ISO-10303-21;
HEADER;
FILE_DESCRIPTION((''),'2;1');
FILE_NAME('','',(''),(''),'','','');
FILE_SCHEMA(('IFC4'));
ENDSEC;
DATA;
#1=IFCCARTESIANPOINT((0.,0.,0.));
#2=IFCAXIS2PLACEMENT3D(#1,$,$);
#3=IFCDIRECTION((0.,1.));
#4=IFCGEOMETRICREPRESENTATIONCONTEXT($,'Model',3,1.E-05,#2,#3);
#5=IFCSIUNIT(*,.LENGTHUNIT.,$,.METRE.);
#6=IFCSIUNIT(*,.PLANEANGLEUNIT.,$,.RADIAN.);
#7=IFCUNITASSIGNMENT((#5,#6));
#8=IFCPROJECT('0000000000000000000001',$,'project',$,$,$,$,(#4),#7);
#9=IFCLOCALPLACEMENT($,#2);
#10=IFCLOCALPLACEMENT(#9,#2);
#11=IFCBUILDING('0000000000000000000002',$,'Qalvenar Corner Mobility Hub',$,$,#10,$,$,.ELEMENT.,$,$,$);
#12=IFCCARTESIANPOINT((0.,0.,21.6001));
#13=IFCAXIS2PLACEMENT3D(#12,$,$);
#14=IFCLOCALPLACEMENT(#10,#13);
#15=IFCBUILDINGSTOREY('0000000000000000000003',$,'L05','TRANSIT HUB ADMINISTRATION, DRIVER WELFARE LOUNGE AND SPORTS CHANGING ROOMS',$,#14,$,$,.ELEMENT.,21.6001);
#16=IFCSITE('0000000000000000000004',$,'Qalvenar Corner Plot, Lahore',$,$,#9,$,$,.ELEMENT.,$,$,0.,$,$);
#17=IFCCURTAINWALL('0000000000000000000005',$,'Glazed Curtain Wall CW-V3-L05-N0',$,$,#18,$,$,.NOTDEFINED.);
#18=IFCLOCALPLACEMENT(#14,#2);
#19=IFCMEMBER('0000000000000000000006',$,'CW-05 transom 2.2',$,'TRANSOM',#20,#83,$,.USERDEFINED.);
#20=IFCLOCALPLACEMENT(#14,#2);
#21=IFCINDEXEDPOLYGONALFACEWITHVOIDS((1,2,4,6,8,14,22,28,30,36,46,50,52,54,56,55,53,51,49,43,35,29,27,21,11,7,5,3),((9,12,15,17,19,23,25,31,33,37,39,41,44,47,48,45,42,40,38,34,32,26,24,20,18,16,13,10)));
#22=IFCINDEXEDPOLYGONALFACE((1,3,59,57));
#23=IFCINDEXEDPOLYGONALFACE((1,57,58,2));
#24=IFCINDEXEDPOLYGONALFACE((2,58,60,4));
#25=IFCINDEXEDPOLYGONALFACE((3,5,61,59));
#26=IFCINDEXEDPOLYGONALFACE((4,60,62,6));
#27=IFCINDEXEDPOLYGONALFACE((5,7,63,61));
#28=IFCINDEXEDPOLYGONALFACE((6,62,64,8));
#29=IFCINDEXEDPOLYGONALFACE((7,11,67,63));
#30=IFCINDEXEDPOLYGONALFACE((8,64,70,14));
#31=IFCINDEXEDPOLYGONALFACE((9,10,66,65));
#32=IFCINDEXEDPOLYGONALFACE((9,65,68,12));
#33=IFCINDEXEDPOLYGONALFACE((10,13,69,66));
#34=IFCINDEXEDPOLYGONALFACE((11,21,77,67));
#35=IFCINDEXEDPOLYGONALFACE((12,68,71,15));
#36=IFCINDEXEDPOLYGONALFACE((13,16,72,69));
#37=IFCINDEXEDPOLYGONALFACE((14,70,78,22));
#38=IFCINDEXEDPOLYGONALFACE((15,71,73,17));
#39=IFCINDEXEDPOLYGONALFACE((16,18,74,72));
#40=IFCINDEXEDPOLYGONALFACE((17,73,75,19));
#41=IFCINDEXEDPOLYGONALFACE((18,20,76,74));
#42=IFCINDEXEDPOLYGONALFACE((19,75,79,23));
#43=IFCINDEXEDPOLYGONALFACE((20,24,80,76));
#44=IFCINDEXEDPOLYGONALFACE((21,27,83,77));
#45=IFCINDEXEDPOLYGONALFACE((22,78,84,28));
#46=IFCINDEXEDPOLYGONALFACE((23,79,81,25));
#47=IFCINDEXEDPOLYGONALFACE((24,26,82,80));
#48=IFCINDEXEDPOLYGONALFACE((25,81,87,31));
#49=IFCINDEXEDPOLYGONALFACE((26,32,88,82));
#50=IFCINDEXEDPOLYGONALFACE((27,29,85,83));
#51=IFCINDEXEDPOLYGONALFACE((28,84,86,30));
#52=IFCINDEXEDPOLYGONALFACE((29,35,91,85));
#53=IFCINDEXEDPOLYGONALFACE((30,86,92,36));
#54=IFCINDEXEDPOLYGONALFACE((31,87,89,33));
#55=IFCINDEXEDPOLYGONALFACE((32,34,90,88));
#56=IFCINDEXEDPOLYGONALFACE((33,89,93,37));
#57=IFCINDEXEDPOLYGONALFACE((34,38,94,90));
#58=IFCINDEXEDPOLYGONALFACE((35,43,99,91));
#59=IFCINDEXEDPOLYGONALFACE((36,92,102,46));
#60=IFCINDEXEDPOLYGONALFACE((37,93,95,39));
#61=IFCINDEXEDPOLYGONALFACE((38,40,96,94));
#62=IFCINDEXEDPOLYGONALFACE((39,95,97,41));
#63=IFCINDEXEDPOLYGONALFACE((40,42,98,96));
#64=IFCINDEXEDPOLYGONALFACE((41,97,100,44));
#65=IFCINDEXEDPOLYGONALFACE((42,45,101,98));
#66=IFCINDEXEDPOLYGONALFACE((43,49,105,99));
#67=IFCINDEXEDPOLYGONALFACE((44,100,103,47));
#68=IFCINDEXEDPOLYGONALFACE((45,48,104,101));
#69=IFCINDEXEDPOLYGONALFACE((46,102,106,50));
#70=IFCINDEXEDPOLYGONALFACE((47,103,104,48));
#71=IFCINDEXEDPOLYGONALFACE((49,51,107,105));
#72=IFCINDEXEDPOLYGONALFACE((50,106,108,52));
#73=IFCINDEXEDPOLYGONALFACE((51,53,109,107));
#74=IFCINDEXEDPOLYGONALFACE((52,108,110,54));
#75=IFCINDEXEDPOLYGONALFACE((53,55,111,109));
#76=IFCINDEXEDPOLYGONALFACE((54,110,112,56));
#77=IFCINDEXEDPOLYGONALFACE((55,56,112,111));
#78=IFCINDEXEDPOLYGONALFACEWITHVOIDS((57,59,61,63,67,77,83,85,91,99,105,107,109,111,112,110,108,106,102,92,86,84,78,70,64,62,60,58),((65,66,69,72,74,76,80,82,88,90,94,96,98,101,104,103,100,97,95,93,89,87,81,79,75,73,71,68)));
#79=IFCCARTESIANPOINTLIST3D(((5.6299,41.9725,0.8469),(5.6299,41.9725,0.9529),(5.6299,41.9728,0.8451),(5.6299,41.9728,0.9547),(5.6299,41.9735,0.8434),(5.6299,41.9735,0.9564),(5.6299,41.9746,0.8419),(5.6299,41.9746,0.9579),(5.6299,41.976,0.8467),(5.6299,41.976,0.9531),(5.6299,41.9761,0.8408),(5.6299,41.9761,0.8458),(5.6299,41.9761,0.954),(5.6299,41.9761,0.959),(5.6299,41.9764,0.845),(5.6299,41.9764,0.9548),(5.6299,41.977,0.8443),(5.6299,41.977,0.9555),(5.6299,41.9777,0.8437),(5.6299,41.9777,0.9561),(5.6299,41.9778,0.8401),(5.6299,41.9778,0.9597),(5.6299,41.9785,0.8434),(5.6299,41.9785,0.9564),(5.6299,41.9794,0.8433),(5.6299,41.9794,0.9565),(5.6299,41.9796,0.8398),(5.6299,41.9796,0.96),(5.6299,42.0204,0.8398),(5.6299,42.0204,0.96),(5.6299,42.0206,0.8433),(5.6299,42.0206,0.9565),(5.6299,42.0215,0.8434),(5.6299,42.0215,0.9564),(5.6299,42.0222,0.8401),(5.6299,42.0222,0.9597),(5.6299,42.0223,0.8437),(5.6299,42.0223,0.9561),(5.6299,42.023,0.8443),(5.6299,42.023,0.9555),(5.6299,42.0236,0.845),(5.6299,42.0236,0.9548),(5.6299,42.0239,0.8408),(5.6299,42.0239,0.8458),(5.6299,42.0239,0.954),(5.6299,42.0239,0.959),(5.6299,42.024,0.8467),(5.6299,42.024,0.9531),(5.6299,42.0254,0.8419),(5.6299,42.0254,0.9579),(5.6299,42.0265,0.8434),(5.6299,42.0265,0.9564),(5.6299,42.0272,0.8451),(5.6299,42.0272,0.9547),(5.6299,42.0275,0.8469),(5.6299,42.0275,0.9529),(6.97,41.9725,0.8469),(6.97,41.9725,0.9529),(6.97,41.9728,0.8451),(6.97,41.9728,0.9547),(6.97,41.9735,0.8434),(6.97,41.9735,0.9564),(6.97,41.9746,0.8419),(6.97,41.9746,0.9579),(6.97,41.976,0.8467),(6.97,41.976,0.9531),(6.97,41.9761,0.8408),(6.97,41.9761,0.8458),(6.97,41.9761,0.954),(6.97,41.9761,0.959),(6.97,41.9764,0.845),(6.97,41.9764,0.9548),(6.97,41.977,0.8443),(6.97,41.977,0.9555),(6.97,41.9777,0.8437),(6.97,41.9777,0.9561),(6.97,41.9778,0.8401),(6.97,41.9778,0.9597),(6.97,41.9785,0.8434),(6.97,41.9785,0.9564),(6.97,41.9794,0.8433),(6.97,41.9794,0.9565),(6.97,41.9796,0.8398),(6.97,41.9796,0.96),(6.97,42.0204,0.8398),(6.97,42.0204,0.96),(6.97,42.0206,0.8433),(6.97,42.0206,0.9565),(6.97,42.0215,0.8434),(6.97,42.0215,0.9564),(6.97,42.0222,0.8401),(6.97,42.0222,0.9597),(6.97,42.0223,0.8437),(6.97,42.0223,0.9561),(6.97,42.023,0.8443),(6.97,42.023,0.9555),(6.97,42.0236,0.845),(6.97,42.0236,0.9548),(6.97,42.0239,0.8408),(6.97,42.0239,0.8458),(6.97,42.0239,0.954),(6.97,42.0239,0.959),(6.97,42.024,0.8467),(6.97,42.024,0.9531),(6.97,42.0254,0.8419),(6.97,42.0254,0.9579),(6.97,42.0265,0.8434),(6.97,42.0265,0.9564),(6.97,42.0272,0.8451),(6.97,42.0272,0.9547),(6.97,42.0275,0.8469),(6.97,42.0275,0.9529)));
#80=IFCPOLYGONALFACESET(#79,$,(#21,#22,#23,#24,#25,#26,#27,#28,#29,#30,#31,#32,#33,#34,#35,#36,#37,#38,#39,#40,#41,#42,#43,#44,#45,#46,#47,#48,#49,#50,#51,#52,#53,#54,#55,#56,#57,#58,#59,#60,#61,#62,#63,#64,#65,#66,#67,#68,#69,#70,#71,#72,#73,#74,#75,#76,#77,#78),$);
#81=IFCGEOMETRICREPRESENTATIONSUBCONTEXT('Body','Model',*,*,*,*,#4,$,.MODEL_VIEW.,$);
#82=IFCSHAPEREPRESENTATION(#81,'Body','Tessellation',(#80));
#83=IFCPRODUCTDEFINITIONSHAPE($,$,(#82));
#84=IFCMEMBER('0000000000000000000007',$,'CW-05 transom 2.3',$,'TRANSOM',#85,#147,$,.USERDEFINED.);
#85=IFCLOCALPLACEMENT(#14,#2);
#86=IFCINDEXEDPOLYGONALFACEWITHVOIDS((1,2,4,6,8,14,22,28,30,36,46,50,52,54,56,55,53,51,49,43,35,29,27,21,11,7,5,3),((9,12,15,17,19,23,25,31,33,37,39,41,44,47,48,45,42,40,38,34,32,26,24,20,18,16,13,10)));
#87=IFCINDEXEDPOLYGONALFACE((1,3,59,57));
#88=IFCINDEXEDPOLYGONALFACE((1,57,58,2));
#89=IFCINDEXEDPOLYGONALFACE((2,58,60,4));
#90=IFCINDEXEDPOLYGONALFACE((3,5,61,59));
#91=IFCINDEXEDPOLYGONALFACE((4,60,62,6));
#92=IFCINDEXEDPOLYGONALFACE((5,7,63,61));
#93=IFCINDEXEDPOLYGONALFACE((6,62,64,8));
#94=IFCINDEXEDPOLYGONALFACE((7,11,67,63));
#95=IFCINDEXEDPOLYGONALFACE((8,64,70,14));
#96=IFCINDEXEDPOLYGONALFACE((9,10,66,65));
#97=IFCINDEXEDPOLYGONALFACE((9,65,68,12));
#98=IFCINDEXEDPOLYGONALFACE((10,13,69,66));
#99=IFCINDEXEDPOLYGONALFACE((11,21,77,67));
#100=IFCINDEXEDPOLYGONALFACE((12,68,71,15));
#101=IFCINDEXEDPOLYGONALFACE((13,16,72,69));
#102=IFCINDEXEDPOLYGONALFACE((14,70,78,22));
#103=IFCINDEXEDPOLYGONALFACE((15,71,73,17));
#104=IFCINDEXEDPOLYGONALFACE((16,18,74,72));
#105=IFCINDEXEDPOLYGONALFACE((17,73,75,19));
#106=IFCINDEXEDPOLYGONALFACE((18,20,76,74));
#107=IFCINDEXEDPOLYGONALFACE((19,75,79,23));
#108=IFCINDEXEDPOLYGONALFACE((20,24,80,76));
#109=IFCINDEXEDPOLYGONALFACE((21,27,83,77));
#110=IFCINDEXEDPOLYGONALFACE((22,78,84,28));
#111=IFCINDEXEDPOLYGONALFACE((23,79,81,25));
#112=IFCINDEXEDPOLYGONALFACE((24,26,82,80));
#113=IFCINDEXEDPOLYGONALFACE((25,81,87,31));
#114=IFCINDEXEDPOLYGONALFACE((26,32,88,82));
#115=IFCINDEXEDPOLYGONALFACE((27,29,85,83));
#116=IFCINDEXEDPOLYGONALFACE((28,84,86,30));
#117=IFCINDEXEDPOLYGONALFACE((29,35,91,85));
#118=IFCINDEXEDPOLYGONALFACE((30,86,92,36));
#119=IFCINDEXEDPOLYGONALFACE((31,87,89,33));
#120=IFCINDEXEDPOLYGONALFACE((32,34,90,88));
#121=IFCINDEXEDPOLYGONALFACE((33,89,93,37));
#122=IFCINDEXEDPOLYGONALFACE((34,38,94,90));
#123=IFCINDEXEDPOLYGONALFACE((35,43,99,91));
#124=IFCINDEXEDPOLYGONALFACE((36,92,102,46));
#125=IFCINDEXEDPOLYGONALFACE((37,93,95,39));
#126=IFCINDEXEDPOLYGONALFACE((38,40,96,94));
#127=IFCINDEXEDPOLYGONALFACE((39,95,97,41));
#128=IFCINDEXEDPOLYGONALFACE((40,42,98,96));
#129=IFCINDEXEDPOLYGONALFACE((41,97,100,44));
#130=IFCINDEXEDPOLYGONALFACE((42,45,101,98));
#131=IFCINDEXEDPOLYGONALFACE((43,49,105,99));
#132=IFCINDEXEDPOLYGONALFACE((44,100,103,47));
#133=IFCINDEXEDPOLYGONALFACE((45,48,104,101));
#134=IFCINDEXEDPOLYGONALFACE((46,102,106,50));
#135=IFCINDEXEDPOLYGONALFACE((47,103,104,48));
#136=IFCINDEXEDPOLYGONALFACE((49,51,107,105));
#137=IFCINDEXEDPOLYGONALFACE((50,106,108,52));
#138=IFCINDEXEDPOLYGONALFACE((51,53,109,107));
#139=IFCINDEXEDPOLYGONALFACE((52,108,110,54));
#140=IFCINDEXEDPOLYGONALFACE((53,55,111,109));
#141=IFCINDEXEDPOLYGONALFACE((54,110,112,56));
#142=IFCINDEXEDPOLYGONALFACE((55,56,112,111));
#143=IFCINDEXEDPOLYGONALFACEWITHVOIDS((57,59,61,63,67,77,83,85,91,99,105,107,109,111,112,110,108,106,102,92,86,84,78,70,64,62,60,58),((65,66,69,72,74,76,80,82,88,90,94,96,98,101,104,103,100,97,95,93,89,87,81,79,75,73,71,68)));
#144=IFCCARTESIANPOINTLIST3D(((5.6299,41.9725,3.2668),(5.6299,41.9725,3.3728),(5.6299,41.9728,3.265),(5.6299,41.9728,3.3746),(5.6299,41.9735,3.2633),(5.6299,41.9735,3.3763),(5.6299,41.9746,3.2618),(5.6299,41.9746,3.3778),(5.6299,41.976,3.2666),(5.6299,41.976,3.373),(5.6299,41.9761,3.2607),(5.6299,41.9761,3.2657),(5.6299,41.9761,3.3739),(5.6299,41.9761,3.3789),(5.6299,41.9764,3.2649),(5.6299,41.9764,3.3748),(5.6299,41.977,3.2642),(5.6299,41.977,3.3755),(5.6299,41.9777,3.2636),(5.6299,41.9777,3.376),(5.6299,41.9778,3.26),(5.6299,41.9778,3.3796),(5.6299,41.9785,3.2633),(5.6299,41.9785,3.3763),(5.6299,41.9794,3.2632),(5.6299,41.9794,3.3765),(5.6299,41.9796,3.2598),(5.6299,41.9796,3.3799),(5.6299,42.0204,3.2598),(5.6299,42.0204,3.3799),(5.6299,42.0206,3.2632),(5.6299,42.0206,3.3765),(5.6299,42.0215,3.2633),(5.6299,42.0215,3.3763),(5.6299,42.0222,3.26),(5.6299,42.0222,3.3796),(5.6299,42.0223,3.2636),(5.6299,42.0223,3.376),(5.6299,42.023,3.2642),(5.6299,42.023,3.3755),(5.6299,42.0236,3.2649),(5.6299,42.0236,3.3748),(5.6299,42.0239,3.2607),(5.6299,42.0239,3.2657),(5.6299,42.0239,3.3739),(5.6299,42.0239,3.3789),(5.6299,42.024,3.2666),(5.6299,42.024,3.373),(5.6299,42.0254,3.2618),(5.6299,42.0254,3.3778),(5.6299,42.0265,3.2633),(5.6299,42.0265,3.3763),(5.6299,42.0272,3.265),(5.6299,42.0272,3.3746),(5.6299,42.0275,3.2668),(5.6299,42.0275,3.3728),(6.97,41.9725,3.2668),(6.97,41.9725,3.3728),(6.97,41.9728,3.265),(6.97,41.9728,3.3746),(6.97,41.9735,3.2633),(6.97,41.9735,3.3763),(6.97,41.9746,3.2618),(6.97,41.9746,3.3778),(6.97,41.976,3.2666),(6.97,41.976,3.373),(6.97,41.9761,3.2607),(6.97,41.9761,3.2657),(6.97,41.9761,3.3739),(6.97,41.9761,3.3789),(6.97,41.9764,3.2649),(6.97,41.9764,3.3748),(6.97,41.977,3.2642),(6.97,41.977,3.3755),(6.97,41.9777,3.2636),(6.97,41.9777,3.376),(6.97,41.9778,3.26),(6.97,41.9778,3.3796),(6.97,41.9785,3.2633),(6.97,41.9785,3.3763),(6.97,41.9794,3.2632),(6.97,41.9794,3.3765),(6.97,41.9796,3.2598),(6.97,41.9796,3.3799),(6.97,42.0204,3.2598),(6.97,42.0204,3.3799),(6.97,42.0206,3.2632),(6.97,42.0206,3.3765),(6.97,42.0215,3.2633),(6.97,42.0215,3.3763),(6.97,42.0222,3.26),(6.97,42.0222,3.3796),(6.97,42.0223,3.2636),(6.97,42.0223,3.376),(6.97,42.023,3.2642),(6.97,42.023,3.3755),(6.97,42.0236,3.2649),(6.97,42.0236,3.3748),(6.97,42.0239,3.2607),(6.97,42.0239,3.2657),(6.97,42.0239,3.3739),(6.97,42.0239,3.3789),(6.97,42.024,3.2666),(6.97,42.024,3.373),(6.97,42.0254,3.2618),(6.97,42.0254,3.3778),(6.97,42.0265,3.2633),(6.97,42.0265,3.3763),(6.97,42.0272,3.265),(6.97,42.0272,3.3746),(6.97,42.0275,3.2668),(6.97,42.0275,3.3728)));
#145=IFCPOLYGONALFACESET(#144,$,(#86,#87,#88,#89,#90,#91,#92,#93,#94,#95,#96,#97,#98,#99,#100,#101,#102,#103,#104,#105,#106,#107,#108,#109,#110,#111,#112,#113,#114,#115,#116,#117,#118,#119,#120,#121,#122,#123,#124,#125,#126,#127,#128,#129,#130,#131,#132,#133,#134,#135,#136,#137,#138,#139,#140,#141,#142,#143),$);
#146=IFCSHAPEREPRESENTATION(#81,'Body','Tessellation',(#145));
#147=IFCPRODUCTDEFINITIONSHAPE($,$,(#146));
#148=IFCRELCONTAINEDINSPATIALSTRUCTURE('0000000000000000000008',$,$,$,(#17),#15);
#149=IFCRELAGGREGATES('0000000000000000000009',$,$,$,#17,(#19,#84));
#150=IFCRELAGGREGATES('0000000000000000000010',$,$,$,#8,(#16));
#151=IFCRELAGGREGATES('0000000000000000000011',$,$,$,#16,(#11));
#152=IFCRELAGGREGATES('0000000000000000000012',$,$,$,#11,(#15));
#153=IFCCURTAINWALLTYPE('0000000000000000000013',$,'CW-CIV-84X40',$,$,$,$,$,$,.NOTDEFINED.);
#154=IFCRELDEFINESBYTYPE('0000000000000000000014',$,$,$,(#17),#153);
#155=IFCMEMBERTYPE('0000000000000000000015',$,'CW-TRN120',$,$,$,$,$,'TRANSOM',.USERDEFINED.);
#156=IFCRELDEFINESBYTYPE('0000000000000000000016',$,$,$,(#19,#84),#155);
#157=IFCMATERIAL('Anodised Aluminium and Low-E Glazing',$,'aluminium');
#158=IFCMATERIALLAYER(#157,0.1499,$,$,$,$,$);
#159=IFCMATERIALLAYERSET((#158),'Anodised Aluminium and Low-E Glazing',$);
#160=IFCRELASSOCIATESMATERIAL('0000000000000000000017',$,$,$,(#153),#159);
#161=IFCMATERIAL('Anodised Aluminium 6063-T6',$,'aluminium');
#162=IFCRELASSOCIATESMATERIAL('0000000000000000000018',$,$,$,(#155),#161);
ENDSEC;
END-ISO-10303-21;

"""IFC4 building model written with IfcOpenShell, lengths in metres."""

from ifc_helpers import new_model, si_unit, direction, frame, origin, origin_2d, place, context, subcontext, project, spatial, hollow_rectangle, extrude, material, layer, layer_set, material_profile, profile_set, type_object, element, aggregate, save


model = new_model("IFC4")

# Units and contexts
model_context = context("Model", 3, precision=1e-05, world=origin(), true_north=direction((0.0, 1.0)))
body_context = subcontext(model_context, "Body", "Model", "MODEL_VIEW")
ifc_project = project(units=[si_unit("LENGTHUNIT", "METRE"), si_unit("PLANEANGLEUNIT", "RADIAN")], contexts=[model_context])

# Site, building, storey
site_placement = place(None, origin())
site = spatial("IfcSite", under=ifc_project, at=site_placement, Name="Qalvenar Corner Plot, Lahore", CompositionType="ELEMENT", RefElevation=0.0)
building_placement = place(site_placement, origin())
building = spatial("IfcBuilding", under=site, at=building_placement, Name="Qalvenar Corner Mobility Hub", CompositionType="ELEMENT")
storey_placement = place(building_placement, frame((0.0, 0.0, 21.6001)))
storey = spatial("IfcBuildingStorey", under=building, at=storey_placement, Name="L05", Description="TRANSIT HUB ADMINISTRATION, DRIVER WELFARE LOUNGE AND SPORTS CHANGING ROOMS", CompositionType="ELEMENT", Elevation=21.6001)

# Curtain wall, members
ifc_material_1 = material(Name="Anodised Aluminium and Low-E Glazing", Category="aluminium")
ifc_layer_1 = layer(ifc_material_1, 0.1499)
ifc_layer_set_1 = layer_set([ifc_layer_1], Name="Anodised Aluminium and Low-E Glazing")
curtain_wall_type = type_object("IfcCurtainWallType", Name="CW-CIV-84X40", PredefinedType="NOTDEFINED", material=ifc_layer_set_1)
curtain_wall_placement = place(storey_placement, origin())
curtain_wall = element("IfcCurtainWall", 1, at=curtain_wall_placement, inside=storey, type_object=curtain_wall_type, Name="Glazed Curtain Wall CW-V3-L05-N0", PredefinedType="NOTDEFINED")
ifc_material_2 = material(Name="Anodised Aluminium 6063-T6", Category="aluminium")
ifc_material_profile_1 = material_profile(ifc_material_2, hollow_rectangle(XDim=0.0549, YDim=0.1201, WallThickness=0.0034, InnerFilletRadius=0.0034, OuterFilletRadius=0.0071, at=origin_2d()), Name="RHS120x55x3.5")
ifc_profile_set_1 = profile_set([ifc_material_profile_1], Name="Anodised Aluminium 6063-T6")
member_type_1 = type_object("IfcMemberType", Name="CW-TRN120", ElementType="TRANSOM", PredefinedType="USERDEFINED", material=ifc_profile_set_1)
member_1_placement = place(storey_placement, frame((6.97, 42.0, 0.8999), z_axis=(-1.0, 0.0, 0.0), x_axis=(0.0, -1.0, 0.0)))
member_1 = element("IfcMember", 2, at=member_1_placement, type_object=member_type_1, Name="CW-05 transom 2.2", ObjectType="TRANSOM", PredefinedType="USERDEFINED", context=body_context, shape_type="SweptSolid", body=[
    extrude(hollow_rectangle(XDim=0.0549, YDim=0.1201, WallThickness=0.0034, InnerFilletRadius=0.0034, OuterFilletRadius=0.0071, at=origin_2d()), origin(), (0.0, 0.0, 1.0), 1.3401),
])
member_2_placement = place(storey_placement, frame((6.97, 42.0, 3.3198), z_axis=(-1.0, 0.0, 0.0), x_axis=(0.0, -1.0, 0.0)))
member_2 = element("IfcMember", 3, at=member_2_placement, type_object=member_type_1, Name="CW-05 transom 2.3", ObjectType="TRANSOM", PredefinedType="USERDEFINED", context=body_context, shape_type="SweptSolid", body=[
    extrude(hollow_rectangle(XDim=0.0549, YDim=0.1201, WallThickness=0.0034, InnerFilletRadius=0.0034, OuterFilletRadius=0.0071, at=origin_2d()), origin(), (0.0, 0.0, 1.0), 1.3401),
])
aggregate(curtain_wall, [member_1, member_2])

save(model, "model.ifc")
